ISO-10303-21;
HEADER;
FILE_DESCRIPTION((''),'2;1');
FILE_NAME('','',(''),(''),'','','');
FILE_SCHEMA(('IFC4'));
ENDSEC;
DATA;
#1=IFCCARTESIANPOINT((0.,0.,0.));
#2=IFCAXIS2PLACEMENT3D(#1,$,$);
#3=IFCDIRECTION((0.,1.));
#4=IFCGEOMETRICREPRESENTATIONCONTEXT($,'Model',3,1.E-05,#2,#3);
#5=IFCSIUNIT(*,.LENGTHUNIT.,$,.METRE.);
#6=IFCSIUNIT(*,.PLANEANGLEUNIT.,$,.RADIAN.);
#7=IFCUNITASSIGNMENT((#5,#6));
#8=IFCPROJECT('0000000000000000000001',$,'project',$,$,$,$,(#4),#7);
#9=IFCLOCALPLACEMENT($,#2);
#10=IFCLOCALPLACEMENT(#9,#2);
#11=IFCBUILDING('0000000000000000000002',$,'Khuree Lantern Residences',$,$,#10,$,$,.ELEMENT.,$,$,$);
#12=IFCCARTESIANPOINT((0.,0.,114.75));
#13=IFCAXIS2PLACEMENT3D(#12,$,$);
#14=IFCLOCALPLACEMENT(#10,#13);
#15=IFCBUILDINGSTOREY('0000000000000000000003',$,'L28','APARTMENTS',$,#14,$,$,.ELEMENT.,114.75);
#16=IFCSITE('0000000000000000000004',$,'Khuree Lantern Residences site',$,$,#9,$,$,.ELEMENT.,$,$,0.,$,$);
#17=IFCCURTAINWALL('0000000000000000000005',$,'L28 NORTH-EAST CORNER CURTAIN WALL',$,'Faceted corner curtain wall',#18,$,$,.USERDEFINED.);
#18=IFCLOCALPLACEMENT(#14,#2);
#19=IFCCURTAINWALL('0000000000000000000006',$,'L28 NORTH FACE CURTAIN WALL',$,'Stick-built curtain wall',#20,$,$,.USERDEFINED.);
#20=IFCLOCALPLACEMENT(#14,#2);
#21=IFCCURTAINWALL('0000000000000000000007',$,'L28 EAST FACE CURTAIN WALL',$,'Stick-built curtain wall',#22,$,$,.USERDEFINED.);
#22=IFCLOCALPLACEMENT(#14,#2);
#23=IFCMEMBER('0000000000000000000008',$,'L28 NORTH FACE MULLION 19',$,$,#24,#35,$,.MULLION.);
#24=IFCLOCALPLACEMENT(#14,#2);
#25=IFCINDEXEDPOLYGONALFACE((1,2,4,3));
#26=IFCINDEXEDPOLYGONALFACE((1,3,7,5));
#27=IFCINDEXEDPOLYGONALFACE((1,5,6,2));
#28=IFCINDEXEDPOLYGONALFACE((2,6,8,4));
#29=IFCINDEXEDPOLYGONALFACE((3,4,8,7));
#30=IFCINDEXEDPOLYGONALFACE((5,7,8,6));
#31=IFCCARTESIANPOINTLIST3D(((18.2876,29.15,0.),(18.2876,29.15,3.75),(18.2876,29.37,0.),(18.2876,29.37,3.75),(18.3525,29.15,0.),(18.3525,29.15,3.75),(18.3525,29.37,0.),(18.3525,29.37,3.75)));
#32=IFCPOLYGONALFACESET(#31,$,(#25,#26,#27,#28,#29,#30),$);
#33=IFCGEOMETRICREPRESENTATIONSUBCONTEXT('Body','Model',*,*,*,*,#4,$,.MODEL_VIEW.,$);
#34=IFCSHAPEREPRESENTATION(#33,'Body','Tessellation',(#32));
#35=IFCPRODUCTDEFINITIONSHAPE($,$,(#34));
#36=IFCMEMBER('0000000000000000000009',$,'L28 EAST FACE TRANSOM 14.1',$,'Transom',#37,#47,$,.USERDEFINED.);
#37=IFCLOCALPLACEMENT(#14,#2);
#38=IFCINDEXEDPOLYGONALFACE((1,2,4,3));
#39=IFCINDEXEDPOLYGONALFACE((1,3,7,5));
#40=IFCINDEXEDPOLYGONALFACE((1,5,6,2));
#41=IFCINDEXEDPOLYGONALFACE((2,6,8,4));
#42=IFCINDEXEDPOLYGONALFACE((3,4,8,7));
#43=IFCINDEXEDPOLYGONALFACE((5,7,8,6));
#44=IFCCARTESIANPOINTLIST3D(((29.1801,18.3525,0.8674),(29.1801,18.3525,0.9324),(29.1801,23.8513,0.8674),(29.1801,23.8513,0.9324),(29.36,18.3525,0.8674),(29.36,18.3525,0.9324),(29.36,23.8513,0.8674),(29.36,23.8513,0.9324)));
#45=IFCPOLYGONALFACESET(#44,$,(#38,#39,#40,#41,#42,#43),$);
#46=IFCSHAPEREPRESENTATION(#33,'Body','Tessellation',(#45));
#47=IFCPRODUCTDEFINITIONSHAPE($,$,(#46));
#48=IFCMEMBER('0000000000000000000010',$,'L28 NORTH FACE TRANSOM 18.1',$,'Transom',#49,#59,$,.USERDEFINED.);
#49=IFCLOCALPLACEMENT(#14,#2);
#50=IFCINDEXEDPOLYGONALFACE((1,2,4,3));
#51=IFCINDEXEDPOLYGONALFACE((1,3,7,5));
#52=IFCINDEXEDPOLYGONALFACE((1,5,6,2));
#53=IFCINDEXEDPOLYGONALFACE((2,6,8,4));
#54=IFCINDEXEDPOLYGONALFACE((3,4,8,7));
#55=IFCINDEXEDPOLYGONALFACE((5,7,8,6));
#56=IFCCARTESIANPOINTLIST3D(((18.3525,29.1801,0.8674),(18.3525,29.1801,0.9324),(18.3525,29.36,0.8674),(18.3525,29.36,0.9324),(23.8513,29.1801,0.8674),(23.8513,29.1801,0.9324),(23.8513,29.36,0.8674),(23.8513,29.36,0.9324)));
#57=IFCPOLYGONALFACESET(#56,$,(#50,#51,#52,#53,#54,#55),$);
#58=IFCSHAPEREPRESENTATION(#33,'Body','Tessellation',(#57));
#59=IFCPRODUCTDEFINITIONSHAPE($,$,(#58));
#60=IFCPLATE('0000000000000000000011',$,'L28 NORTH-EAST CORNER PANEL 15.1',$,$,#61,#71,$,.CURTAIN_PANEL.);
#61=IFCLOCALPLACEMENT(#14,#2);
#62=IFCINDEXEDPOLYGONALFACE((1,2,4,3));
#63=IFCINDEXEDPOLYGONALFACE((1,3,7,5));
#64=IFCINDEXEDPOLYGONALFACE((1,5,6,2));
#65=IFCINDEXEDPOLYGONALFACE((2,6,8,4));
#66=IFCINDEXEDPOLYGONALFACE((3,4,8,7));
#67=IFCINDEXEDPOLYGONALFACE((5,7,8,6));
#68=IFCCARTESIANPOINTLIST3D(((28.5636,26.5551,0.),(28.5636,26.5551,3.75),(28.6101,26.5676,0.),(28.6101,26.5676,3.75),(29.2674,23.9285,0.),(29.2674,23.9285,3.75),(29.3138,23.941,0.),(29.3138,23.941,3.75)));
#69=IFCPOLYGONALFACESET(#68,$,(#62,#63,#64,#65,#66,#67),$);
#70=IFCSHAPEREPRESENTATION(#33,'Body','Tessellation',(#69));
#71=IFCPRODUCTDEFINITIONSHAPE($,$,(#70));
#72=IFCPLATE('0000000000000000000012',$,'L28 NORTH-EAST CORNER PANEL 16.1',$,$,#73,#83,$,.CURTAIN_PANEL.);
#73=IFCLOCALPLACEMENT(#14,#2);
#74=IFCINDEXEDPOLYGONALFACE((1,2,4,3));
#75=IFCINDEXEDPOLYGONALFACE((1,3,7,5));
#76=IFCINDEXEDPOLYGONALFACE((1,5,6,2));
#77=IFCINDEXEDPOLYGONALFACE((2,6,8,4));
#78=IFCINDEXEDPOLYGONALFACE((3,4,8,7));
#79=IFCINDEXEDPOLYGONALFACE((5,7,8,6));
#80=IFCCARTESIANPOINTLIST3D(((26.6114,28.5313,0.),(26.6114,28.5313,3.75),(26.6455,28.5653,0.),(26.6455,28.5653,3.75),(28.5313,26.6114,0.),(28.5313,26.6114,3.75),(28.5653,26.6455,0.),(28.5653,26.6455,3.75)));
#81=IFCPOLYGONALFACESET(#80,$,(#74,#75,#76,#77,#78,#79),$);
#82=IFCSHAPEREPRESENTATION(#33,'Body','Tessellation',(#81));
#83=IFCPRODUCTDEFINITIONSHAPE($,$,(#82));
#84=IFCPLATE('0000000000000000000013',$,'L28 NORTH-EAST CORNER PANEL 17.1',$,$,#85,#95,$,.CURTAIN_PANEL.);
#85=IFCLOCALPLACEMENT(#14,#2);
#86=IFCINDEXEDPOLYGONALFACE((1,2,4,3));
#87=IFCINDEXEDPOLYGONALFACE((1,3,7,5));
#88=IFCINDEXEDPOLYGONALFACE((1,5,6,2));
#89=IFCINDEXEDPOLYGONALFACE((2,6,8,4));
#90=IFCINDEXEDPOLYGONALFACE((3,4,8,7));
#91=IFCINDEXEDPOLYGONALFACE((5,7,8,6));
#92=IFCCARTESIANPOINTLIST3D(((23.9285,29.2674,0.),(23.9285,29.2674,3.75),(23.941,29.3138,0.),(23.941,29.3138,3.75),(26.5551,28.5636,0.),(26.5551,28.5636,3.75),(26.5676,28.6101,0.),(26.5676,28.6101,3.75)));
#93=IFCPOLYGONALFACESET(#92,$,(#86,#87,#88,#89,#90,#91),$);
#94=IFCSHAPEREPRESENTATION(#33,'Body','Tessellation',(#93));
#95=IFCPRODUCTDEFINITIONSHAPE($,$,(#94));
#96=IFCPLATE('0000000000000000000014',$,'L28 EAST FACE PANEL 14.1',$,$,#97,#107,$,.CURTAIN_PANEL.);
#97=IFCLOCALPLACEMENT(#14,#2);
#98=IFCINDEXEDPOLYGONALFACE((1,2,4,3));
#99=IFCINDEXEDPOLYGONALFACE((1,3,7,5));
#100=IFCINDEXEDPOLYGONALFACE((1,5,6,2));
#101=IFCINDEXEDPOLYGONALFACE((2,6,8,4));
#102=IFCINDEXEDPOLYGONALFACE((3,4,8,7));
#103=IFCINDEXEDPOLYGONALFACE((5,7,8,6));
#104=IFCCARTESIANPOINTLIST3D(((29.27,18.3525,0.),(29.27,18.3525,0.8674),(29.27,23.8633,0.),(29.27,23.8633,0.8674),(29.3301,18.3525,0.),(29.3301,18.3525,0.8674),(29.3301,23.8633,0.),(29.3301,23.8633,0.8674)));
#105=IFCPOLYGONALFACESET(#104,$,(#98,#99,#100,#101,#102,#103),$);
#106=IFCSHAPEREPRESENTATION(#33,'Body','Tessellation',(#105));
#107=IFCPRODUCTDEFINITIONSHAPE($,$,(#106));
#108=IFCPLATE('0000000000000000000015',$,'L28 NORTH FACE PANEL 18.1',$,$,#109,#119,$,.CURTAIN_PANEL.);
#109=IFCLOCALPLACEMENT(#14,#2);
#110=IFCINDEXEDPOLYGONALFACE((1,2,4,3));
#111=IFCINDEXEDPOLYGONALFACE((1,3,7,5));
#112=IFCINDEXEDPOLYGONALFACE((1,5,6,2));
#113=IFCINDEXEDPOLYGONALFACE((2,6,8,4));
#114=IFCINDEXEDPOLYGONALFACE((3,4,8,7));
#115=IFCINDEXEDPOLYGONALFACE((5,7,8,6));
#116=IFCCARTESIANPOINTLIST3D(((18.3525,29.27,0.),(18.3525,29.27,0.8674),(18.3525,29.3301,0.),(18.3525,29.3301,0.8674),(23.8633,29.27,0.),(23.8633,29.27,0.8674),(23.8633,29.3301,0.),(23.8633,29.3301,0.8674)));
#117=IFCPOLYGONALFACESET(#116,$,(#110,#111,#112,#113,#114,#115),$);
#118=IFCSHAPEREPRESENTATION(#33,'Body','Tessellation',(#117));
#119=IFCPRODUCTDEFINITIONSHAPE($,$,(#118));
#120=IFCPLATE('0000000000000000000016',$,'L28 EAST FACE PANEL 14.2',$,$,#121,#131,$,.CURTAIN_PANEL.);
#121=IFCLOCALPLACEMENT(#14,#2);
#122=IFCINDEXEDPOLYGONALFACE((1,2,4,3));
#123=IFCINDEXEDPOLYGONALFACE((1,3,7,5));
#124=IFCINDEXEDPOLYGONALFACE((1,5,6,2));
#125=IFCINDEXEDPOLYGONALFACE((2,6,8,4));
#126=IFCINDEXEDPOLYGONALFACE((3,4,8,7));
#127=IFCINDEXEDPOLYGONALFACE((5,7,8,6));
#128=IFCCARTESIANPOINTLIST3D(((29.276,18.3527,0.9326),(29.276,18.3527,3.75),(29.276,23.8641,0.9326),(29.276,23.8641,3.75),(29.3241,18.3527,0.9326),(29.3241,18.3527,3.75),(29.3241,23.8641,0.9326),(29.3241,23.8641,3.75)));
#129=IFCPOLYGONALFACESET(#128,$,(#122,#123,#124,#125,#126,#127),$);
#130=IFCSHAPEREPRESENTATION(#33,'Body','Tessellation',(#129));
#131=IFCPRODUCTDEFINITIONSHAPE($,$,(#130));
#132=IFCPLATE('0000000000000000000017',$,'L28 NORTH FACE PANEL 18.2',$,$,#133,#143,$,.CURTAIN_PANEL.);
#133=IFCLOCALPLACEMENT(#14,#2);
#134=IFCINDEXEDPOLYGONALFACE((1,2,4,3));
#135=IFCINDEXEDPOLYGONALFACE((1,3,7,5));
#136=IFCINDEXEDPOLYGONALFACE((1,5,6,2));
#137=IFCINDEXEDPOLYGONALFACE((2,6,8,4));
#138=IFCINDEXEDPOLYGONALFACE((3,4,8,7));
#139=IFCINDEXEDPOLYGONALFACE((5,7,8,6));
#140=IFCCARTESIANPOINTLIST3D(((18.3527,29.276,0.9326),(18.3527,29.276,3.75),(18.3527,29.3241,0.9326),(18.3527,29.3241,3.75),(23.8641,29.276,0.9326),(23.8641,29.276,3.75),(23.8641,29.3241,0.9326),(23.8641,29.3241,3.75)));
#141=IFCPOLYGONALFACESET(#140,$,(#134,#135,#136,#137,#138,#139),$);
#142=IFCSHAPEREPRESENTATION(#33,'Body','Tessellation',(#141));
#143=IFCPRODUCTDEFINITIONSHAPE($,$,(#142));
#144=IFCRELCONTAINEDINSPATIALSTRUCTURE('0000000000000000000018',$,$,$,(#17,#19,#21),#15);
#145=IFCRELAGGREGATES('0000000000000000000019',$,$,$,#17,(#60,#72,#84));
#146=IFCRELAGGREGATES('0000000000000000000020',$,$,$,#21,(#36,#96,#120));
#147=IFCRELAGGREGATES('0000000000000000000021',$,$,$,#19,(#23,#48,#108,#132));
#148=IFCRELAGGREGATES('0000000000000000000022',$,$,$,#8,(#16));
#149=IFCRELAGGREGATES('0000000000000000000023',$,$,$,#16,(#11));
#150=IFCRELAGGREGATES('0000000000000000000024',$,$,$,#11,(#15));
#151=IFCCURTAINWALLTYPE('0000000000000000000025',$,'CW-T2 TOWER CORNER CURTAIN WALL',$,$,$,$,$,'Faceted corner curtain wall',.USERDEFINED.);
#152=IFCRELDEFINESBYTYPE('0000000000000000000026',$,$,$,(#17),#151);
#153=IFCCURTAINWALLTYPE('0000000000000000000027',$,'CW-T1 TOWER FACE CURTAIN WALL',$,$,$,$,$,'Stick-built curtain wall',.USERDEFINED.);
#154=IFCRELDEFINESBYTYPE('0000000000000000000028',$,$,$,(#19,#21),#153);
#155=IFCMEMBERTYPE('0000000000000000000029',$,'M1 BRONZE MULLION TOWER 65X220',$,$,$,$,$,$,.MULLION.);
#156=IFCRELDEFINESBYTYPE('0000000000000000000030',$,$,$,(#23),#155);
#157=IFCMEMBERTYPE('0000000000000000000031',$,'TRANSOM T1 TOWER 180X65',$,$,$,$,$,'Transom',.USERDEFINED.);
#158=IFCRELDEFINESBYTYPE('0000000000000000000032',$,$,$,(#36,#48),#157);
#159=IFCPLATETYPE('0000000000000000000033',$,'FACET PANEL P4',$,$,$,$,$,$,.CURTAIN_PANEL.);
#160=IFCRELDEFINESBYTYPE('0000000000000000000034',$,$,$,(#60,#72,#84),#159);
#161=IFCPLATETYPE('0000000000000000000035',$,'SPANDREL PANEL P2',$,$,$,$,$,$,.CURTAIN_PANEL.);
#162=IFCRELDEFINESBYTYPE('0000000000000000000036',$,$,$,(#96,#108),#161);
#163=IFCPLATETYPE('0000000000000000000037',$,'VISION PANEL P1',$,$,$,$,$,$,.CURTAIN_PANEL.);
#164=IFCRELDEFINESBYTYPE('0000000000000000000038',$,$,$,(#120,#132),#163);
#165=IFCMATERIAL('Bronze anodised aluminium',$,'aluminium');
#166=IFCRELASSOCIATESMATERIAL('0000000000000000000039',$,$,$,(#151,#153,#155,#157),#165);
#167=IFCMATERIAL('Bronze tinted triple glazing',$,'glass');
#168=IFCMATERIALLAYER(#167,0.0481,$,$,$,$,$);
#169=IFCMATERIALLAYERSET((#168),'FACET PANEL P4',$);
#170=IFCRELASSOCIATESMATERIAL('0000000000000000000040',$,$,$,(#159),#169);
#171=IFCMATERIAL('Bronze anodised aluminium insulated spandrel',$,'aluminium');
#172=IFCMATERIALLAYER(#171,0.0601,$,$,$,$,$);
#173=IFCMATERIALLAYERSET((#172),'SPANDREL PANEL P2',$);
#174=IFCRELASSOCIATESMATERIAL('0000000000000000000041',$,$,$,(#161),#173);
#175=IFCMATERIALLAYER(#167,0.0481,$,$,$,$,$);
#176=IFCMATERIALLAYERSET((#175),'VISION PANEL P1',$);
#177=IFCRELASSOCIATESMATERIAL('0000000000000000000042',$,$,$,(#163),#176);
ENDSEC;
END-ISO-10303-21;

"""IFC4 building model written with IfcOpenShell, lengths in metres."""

from ifc_helpers import new_model, si_unit, direction, frame, origin, origin_2d, place, context, subcontext, project, spatial, rectangle, extrude, material, layer, layer_set, material_profile, profile_set, type_object, element, aggregate, save


model = new_model("IFC4")

# Units and contexts
model_context = context("Model", 3, precision=1e-05, world=origin(), true_north=direction((0.0, 1.0)))
body_context = subcontext(model_context, "Body", "Model", "MODEL_VIEW")
ifc_project = project(units=[si_unit("LENGTHUNIT", "METRE"), si_unit("PLANEANGLEUNIT", "RADIAN")], contexts=[model_context])

# Site, building, storey
site_placement = place(None, origin())
site = spatial("IfcSite", under=ifc_project, at=site_placement, Name="Khuree Lantern Residences site", CompositionType="ELEMENT", RefElevation=0.0)
building_placement = place(site_placement, origin())
building = spatial("IfcBuilding", under=site, at=building_placement, Name="Khuree Lantern Residences", CompositionType="ELEMENT")
storey_placement = place(building_placement, frame((0.0, 0.0, 114.75)))
storey = spatial("IfcBuildingStorey", under=building, at=storey_placement, Name="L28", Description="APARTMENTS", CompositionType="ELEMENT", Elevation=114.75)

# Curtain walls
ifc_material_1 = material(Name="Bronze anodised aluminium", Category="aluminium")
curtain_wall_type_1 = type_object("IfcCurtainWallType", Name="CW-T2 TOWER CORNER CURTAIN WALL", ElementType="Faceted corner curtain wall", PredefinedType="USERDEFINED", material=ifc_material_1)
curtain_wall_1_placement = place(storey_placement, origin())
curtain_wall_1 = element("IfcCurtainWall", 1, at=curtain_wall_1_placement, inside=storey, type_object=curtain_wall_type_1, Name="L28 NORTH-EAST CORNER CURTAIN WALL", ObjectType="Faceted corner curtain wall", PredefinedType="USERDEFINED")
curtain_wall_type_2 = type_object("IfcCurtainWallType", Name="CW-T1 TOWER FACE CURTAIN WALL", ElementType="Stick-built curtain wall", PredefinedType="USERDEFINED", material=ifc_material_1)
curtain_wall_2_placement = place(storey_placement, origin())
curtain_wall_2 = element("IfcCurtainWall", 2, at=curtain_wall_2_placement, inside=storey, type_object=curtain_wall_type_2, Name="L28 NORTH FACE CURTAIN WALL", ObjectType="Stick-built curtain wall", PredefinedType="USERDEFINED")

# Curtain wall
curtain_wall_3_placement = place(storey_placement, origin())
curtain_wall_3 = element("IfcCurtainWall", 3, at=curtain_wall_3_placement, inside=storey, type_object=curtain_wall_type_2, Name="L28 EAST FACE CURTAIN WALL", ObjectType="Stick-built curtain wall", PredefinedType="USERDEFINED")
ifc_material_profile_1 = material_profile(ifc_material_1, rectangle(XDim=0.0649, YDim=0.22, at=origin_2d()), Name="M1 65X220")
ifc_profile_set_1 = profile_set([ifc_material_profile_1], Name="Bronze anodised aluminium")
member_type_1 = type_object("IfcMemberType", Name="M1 BRONZE MULLION TOWER 65X220", PredefinedType="MULLION", material=ifc_profile_set_1)

# Members
member_1_placement = place(storey_placement, frame((18.3201, 29.26, 0.0), z_axis=(0.0, 0.0, 1.0), x_axis=(-1.0, 0.0, 0.0)))
member_1 = element("IfcMember", 4, at=member_1_placement, type_object=member_type_1, Name="L28 NORTH FACE MULLION 19", PredefinedType="MULLION", context=body_context, shape_type="SweptSolid", body=[
    extrude(rectangle(XDim=0.0649, YDim=0.22, at=origin_2d()), origin(), (0.0, 0.0, 1.0), 3.75),
])
ifc_material_profile_2 = material_profile(ifc_material_1, rectangle(XDim=0.1799, YDim=0.0649, at=origin_2d()), Name="T1 180X65")
ifc_profile_set_2 = profile_set([ifc_material_profile_2], Name="Bronze anodised aluminium")
member_type_2 = type_object("IfcMemberType", Name="TRANSOM T1 TOWER 180X65", ElementType="Transom", PredefinedType="USERDEFINED", material=ifc_profile_set_2)
member_2_placement = place(storey_placement, frame((29.27, 18.3525, 0.8999), z_axis=(0.0, 1.0, 0.0), x_axis=(-1.0, 0.0, 0.0)))
member_2 = element("IfcMember", 5, at=member_2_placement, type_object=member_type_2, Name="L28 EAST FACE TRANSOM 14.1", ObjectType="Transom", PredefinedType="USERDEFINED", context=body_context, shape_type="SweptSolid", body=[
    extrude(rectangle(XDim=0.1799, YDim=0.0649, at=origin_2d()), origin(), (0.0, 0.0, 1.0), 5.4988),
])
member_3_placement = place(storey_placement, frame((23.8513, 29.27, 0.8999), z_axis=(-1.0, 0.0, 0.0), x_axis=(0.0, -1.0, 0.0)))
member_3 = element("IfcMember", 6, at=member_3_placement, type_object=member_type_2, Name="L28 NORTH FACE TRANSOM 18.1", ObjectType="Transom", PredefinedType="USERDEFINED", context=body_context, shape_type="SweptSolid", body=[
    extrude(rectangle(XDim=0.1799, YDim=0.0649, at=origin_2d()), origin(), (0.0, 0.0, 1.0), 5.4988),
])

# Plates
ifc_material_2 = material(Name="Bronze tinted triple glazing", Category="glass")
ifc_layer_1 = layer(ifc_material_2, 0.0481)
ifc_layer_set_1 = layer_set([ifc_layer_1], Name="FACET PANEL P4")
plate_type_1 = type_object("IfcPlateType", Name="FACET PANEL P4", PredefinedType="CURTAIN_PANEL", material=ifc_layer_set_1)
plate_1_placement = place(storey_placement, frame((28.9387, 25.248, 0.0), z_axis=(0.0, 0.0, 1.0), x_axis=(-0.258819, 0.965926, 0.0)))
plate_1 = element("IfcPlate", 7, at=plate_1_placement, type_object=plate_type_1, Name="L28 NORTH-EAST CORNER PANEL 15.1", PredefinedType="CURTAIN_PANEL", context=body_context, shape_type="SweptSolid", body=[
    extrude(rectangle(XDim=2.7192, YDim=0.0481, at=origin_2d()), origin(), (0.0, 0.0, 1.0), 3.75),
])
plate_2_placement = place(storey_placement, frame((27.5884, 27.5884, 0.0), z_axis=(0.0, 0.0, 1.0), x_axis=(-0.707107, 0.707107, 0.0)))
plate_2 = element("IfcPlate", 8, at=plate_2_placement, type_object=plate_type_1, Name="L28 NORTH-EAST CORNER PANEL 16.1", PredefinedType="CURTAIN_PANEL", context=body_context, shape_type="SweptSolid", body=[
    extrude(rectangle(XDim=2.7151, YDim=0.0481, at=origin_2d()), origin(), (0.0, 0.0, 1.0), 3.75),
])
plate_3_placement = place(storey_placement, frame((25.248, 28.9387, 0.0), z_axis=(0.0, 0.0, 1.0), x_axis=(-0.965926, 0.258819, 0.0)))
plate_3 = element("IfcPlate", 9, at=plate_3_placement, type_object=plate_type_1, Name="L28 NORTH-EAST CORNER PANEL 17.1", PredefinedType="CURTAIN_PANEL", context=body_context, shape_type="SweptSolid", body=[
    extrude(rectangle(XDim=2.7192, YDim=0.0481, at=origin_2d()), origin(), (0.0, 0.0, 1.0), 3.75),
])
aggregate(curtain_wall_1, [plate_1, plate_2, plate_3])
ifc_material_3 = material(Name="Bronze anodised aluminium insulated spandrel", Category="aluminium")
ifc_layer_2 = layer(ifc_material_3, 0.0601)
ifc_layer_set_2 = layer_set([ifc_layer_2], Name="SPANDREL PANEL P2")
plate_type_2 = type_object("IfcPlateType", Name="SPANDREL PANEL P2", PredefinedType="CURTAIN_PANEL", material=ifc_layer_set_2)
plate_4_placement = place(storey_placement, frame((29.3, 21.1079, 0.0), z_axis=(0.0, 0.0, 1.0), x_axis=(0.0, 1.0, 0.0)))
plate_4 = element("IfcPlate", 10, at=plate_4_placement, type_object=plate_type_2, Name="L28 EAST FACE PANEL 14.1", PredefinedType="CURTAIN_PANEL", context=body_context, shape_type="SweptSolid", body=[
    extrude(rectangle(XDim=5.5107, YDim=0.0601, at=origin_2d()), origin(), (0.0, 0.0, 1.0), 0.8674),
])
plate_5_placement = place(storey_placement, frame((21.1079, 29.3, 0.0), z_axis=(0.0, 0.0, 1.0), x_axis=(-1.0, 0.0, 0.0)))
plate_5 = element("IfcPlate", 11, at=plate_5_placement, type_object=plate_type_2, Name="L28 NORTH FACE PANEL 18.1", PredefinedType="CURTAIN_PANEL", context=body_context, shape_type="SweptSolid", body=[
    extrude(rectangle(XDim=5.5107, YDim=0.0601, at=origin_2d()), origin(), (0.0, 0.0, 1.0), 0.8674),
])
ifc_layer_3 = layer(ifc_material_2, 0.0481)
ifc_layer_set_3 = layer_set([ifc_layer_3], Name="VISION PANEL P1")
plate_type_3 = type_object("IfcPlateType", Name="VISION PANEL P1", PredefinedType="CURTAIN_PANEL", material=ifc_layer_set_3)
plate_6_placement = place(storey_placement, frame((29.3, 21.1084, 0.9326), z_axis=(0.0, 0.0, 1.0), x_axis=(0.0, 1.0, 0.0)))
plate_6 = element("IfcPlate", 12, at=plate_6_placement, type_object=plate_type_3, Name="L28 EAST FACE PANEL 14.2", PredefinedType="CURTAIN_PANEL", context=body_context, shape_type="SweptSolid", body=[
    extrude(rectangle(XDim=5.5115, YDim=0.0481, at=origin_2d()), origin(), (0.0, 0.0, 1.0), 2.8174),
])
aggregate(curtain_wall_3, [member_2, plate_4, plate_6])
plate_7_placement = place(storey_placement, frame((21.1084, 29.3, 0.9326), z_axis=(0.0, 0.0, 1.0), x_axis=(-1.0, 0.0, 0.0)))
plate_7 = element("IfcPlate", 13, at=plate_7_placement, type_object=plate_type_3, Name="L28 NORTH FACE PANEL 18.2", PredefinedType="CURTAIN_PANEL", context=body_context, shape_type="SweptSolid", body=[
    extrude(rectangle(XDim=5.5115, YDim=0.0481, at=origin_2d()), origin(), (0.0, 0.0, 1.0), 2.8174),
])
aggregate(curtain_wall_2, [member_1, member_3, plate_5, plate_7])

save(model, "model.ifc")
